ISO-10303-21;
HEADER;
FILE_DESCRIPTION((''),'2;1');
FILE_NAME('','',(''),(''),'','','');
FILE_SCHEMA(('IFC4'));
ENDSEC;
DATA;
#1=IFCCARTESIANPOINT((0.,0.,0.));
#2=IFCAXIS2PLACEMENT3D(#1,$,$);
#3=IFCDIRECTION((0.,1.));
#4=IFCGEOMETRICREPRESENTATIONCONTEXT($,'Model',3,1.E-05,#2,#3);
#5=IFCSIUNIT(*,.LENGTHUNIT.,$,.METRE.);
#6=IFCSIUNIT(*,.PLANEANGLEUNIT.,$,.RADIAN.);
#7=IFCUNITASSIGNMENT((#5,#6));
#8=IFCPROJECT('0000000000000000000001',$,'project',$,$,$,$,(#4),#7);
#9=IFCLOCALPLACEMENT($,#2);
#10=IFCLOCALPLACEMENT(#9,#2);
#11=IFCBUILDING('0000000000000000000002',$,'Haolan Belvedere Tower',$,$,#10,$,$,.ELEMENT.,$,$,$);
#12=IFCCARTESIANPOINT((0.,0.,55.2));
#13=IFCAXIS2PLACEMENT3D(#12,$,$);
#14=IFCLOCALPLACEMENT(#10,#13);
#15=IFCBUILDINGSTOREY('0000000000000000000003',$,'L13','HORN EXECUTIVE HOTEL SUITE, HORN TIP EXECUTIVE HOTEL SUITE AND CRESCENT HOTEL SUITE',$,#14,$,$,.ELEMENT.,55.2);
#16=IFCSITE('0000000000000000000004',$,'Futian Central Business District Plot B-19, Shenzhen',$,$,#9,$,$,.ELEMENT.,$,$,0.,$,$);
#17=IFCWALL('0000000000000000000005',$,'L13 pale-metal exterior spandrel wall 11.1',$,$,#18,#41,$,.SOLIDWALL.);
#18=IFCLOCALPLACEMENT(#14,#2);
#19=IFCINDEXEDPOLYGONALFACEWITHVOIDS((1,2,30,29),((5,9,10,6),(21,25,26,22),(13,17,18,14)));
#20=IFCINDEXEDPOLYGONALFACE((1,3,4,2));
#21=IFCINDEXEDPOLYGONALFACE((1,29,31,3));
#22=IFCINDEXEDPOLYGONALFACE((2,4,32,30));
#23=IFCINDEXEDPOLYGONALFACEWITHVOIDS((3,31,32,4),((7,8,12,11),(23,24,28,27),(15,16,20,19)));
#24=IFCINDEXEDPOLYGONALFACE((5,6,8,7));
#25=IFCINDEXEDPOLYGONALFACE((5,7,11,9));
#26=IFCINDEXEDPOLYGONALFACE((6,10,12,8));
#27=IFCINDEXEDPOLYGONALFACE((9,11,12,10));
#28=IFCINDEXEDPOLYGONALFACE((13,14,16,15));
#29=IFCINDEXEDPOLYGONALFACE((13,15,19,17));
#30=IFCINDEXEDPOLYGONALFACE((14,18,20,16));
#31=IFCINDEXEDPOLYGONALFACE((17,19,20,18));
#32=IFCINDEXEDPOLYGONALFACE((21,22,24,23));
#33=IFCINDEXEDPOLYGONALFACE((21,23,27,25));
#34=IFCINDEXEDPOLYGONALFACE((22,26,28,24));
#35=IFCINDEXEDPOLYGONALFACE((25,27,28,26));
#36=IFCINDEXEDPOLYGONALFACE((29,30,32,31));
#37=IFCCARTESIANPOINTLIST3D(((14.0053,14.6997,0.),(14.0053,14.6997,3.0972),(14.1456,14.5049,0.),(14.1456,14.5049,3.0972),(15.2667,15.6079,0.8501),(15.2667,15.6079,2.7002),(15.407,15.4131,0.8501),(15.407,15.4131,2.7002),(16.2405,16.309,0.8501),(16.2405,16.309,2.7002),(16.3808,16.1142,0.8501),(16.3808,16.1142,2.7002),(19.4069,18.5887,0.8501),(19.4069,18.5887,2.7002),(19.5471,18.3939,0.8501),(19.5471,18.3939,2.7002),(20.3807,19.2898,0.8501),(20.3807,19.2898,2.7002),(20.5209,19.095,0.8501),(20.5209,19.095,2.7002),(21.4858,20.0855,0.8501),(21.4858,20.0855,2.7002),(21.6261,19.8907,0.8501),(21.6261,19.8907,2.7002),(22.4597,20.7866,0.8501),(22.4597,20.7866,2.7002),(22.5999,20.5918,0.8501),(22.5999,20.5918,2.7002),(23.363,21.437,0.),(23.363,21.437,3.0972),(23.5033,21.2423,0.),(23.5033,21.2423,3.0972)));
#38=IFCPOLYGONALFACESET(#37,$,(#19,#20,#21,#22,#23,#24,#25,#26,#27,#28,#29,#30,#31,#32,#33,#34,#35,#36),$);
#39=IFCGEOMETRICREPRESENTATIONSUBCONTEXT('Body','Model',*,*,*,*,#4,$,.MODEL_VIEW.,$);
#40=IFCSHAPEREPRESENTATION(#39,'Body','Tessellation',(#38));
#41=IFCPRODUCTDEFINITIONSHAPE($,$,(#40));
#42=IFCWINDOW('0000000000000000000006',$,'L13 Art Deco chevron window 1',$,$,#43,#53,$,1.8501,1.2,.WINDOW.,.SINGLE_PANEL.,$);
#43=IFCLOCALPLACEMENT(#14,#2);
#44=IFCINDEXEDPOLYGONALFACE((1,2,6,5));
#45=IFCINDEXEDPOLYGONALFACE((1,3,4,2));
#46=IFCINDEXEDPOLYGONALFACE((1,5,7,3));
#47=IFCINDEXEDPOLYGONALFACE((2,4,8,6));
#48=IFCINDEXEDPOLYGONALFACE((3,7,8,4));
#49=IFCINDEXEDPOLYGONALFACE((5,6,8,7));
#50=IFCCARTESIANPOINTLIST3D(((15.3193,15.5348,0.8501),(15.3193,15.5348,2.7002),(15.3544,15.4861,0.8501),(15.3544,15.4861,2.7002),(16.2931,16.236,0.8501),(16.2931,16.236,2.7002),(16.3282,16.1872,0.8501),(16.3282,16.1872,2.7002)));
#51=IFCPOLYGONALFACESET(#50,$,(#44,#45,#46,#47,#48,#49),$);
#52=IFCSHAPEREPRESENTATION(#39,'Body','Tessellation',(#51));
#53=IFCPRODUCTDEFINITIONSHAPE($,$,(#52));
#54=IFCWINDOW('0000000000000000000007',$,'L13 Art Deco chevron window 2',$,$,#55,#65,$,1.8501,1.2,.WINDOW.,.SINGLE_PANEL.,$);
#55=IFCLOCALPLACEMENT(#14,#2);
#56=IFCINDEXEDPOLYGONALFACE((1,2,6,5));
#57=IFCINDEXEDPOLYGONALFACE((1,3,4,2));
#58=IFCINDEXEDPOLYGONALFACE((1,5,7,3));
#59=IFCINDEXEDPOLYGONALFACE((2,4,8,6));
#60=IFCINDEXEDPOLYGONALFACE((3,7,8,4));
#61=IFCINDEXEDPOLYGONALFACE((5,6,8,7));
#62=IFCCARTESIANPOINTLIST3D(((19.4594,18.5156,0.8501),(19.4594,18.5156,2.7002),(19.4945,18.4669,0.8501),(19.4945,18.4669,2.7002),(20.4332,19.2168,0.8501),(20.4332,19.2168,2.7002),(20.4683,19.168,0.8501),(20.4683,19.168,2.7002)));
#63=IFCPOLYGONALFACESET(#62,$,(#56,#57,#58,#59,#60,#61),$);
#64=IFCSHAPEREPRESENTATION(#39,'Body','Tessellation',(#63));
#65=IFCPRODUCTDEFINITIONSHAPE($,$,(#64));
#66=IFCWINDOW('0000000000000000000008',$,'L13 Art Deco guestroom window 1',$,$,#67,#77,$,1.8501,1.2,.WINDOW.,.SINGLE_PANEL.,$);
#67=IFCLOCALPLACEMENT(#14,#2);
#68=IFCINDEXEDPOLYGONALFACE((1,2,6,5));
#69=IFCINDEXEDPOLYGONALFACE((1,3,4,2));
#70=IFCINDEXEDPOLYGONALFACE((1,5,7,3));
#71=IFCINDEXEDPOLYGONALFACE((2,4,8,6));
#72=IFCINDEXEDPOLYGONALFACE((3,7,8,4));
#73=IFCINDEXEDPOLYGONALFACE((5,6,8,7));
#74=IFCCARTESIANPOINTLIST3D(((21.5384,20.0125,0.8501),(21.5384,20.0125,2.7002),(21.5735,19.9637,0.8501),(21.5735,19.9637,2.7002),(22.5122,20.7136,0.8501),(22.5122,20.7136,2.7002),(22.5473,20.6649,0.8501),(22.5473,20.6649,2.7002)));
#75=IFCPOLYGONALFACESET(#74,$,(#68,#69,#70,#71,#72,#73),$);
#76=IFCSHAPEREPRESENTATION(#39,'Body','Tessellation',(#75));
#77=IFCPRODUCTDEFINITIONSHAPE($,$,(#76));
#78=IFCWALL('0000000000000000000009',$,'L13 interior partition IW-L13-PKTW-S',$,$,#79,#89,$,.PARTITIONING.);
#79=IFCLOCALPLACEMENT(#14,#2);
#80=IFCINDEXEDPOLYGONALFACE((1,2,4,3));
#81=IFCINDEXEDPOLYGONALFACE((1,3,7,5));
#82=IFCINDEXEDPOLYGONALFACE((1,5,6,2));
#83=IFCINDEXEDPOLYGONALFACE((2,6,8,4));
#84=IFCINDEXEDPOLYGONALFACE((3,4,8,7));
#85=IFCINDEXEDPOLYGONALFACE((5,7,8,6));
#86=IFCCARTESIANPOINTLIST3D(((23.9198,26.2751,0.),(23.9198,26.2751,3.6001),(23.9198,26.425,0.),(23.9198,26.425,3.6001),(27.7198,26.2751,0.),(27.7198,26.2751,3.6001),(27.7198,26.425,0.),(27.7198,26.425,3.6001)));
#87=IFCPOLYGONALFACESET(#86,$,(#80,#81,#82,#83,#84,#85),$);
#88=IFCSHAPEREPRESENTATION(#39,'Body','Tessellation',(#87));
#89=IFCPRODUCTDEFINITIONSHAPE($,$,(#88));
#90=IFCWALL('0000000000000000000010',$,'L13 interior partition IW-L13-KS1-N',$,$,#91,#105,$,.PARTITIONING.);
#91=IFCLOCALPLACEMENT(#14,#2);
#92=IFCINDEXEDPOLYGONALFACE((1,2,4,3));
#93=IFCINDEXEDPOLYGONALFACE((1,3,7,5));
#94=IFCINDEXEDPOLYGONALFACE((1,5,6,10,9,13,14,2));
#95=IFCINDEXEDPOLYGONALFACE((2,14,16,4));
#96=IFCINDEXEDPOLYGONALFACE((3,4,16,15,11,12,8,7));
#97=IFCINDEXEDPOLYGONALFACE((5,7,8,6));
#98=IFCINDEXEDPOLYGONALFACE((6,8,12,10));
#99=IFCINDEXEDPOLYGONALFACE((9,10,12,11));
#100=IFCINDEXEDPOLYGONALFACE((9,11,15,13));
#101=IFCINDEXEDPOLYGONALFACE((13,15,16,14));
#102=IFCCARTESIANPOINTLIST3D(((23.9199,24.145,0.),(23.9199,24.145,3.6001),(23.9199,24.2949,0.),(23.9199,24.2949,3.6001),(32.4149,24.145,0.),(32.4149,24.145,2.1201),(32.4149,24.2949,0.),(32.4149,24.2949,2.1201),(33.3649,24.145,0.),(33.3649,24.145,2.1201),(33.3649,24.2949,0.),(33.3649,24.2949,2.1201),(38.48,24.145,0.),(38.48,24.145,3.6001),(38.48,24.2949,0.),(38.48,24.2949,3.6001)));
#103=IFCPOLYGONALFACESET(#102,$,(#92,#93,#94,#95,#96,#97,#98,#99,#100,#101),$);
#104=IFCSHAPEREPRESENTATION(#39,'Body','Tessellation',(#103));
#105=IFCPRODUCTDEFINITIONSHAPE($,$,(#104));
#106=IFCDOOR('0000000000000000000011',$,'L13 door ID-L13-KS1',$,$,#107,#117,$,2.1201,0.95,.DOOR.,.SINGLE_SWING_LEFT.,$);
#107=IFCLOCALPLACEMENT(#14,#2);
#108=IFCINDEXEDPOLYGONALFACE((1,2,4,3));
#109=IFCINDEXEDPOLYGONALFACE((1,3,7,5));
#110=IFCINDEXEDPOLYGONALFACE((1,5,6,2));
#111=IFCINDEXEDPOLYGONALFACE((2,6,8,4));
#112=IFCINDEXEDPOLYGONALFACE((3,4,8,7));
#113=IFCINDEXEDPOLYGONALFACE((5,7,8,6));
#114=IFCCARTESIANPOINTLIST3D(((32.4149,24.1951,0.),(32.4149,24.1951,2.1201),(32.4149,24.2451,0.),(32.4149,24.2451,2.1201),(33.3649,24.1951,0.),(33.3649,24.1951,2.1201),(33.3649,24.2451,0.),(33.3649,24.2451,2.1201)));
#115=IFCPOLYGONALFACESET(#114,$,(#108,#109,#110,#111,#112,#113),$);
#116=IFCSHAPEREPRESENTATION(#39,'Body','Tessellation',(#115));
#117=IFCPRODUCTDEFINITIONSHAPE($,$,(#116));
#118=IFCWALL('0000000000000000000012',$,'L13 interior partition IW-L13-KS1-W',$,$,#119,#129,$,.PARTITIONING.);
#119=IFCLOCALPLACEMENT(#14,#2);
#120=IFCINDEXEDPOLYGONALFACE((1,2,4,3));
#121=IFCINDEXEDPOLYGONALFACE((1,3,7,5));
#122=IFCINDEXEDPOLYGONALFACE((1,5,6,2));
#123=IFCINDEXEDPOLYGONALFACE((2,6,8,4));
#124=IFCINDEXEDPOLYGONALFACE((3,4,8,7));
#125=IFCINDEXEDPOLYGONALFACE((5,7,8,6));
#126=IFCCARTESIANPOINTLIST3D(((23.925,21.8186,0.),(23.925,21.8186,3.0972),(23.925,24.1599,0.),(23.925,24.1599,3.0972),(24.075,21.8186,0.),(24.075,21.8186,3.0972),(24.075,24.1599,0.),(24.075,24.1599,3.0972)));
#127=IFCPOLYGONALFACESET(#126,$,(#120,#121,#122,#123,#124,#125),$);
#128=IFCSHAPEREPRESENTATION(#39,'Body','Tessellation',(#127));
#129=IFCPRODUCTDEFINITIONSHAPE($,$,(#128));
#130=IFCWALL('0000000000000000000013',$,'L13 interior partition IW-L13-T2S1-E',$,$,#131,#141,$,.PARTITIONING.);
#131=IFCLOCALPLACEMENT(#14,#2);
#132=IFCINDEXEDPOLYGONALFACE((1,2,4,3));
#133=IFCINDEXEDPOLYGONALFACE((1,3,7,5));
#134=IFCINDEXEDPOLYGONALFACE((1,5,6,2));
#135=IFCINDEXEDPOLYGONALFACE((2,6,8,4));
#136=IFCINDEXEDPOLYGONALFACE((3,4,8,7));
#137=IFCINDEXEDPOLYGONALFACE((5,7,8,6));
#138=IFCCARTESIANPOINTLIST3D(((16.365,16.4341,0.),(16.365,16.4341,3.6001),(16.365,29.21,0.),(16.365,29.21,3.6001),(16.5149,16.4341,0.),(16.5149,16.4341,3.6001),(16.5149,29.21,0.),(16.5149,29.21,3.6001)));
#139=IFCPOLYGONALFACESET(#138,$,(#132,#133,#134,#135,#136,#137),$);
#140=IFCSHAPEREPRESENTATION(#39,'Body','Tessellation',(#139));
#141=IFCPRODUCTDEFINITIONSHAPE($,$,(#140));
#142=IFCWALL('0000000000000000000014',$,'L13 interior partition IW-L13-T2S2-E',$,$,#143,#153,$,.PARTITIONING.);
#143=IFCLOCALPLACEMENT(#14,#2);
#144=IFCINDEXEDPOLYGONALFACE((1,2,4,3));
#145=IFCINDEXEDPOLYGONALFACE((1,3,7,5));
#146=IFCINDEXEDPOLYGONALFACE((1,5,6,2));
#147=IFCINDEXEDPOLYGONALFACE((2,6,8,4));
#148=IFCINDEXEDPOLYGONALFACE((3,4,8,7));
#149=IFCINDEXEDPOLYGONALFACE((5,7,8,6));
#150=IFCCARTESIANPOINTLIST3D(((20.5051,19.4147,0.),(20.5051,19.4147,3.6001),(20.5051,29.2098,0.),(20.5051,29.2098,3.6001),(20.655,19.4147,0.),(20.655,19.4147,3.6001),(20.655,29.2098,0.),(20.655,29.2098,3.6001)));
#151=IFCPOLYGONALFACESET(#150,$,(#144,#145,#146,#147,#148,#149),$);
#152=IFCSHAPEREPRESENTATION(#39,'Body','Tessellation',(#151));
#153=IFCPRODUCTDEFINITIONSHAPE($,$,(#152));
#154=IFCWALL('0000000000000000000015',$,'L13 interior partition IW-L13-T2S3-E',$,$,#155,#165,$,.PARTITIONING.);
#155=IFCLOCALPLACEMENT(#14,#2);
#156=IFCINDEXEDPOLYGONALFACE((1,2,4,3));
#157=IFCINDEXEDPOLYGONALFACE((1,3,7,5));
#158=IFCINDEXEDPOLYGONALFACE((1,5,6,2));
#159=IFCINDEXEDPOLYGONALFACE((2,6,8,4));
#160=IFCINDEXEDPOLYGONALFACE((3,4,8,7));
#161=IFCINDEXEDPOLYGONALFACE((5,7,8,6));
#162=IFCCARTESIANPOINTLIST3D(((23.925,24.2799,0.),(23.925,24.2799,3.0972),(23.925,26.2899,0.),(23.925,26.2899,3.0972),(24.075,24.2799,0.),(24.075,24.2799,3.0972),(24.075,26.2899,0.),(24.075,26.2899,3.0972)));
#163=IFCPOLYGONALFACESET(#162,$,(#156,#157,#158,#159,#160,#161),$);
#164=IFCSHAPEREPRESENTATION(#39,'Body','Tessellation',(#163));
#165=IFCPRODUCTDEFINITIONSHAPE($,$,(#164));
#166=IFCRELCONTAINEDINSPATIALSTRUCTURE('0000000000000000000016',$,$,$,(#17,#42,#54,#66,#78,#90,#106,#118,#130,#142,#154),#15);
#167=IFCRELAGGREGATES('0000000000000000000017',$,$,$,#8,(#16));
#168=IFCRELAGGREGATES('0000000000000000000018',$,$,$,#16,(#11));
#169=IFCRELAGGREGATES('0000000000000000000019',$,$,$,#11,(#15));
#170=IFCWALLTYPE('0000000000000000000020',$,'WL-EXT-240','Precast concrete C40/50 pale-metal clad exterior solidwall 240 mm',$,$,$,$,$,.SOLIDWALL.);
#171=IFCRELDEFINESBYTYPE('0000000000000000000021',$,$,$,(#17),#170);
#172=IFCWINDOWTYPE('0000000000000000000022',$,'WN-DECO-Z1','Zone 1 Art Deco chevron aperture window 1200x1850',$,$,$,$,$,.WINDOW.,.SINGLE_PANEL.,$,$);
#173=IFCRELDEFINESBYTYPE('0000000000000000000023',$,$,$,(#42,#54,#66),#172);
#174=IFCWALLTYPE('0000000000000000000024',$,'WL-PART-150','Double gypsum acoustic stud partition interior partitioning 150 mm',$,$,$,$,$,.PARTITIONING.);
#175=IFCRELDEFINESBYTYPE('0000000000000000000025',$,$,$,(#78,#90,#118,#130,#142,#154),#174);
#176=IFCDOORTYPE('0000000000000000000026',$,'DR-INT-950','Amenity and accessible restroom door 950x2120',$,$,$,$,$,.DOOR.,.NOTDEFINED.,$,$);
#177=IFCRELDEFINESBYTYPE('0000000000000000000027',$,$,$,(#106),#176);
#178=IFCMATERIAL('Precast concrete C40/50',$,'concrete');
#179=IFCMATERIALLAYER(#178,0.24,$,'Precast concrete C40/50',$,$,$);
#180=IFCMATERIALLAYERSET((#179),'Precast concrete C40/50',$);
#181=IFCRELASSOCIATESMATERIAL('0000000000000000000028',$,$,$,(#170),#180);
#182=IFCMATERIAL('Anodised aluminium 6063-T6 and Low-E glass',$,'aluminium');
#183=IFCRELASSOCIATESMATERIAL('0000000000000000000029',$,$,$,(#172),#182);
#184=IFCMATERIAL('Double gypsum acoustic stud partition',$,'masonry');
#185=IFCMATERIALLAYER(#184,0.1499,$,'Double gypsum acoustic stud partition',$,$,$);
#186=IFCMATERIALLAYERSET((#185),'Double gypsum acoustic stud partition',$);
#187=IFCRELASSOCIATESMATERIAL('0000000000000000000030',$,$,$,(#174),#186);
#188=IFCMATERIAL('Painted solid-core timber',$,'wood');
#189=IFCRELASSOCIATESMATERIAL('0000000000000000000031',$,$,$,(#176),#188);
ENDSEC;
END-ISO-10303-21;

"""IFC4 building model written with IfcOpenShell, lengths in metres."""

from ifc_helpers import new_model, si_unit, direction, frame, frame_2d, origin, place, context, subcontext, project, spatial, rectangle, extrude, material, layer, layer_set, type_object, element, fill, save


model = new_model("IFC4")

# Units and contexts
model_context = context("Model", 3, precision=1e-05, world=origin(), true_north=direction((0.0, 1.0)))
body_context = subcontext(model_context, "Body", "Model", "MODEL_VIEW")
ifc_project = project(units=[si_unit("LENGTHUNIT", "METRE"), si_unit("PLANEANGLEUNIT", "RADIAN")], contexts=[model_context])

# Site, building, storey
site_placement = place(None, origin())
site = spatial("IfcSite", under=ifc_project, at=site_placement, Name="Futian Central Business District Plot B-19, Shenzhen", CompositionType="ELEMENT", RefElevation=0.0)
building_placement = place(site_placement, origin())
building = spatial("IfcBuilding", under=site, at=building_placement, Name="Haolan Belvedere Tower", CompositionType="ELEMENT")
storey_placement = place(building_placement, frame((0.0, 0.0, 55.2)))
storey = spatial("IfcBuildingStorey", under=building, at=storey_placement, Name="L13", Description="HORN EXECUTIVE HOTEL SUITE, HORN TIP EXECUTIVE HOTEL SUITE AND CRESCENT HOTEL SUITE", CompositionType="ELEMENT", Elevation=55.2)

# Shared definitions
ifc_material_1 = material(Name="Precast concrete C40/50", Category="concrete")
ifc_layer_1 = layer(ifc_material_1, 0.24, Name="Precast concrete C40/50")
ifc_layer_set_1 = layer_set([ifc_layer_1], Name="Precast concrete C40/50")
wall_type_1 = type_object("IfcWallType", Name="WL-EXT-240", Description="Precast concrete C40/50 pale-metal clad exterior solidwall 240 mm", PredefinedType="SOLIDWALL", material=ifc_layer_set_1)

# Wall, openings, windows
wall_1_placement = place(storey_placement, frame((14.0754, 14.6023, 0.0), z_axis=(0.0, 0.0, 1.0), x_axis=(0.811543, 0.584292, 0.0)))
wall_1 = element("IfcWall", 1, at=wall_1_placement, inside=storey, type_object=wall_type_1, Name="L13 pale-metal exterior spandrel wall 11.1", PredefinedType="SOLIDWALL", context=body_context, shape_type="SweptSolid", body=[
    extrude(rectangle(XDim=11.5308, YDim=0.24, at=frame_2d((5.7654, 0.0))), origin(), (0.0, 0.0, 1.0), 3.0972),
])
opening_1_placement = place(wall_1_placement, frame((1.5542, 0.0, 0.8501)))
opening_1 = element("IfcOpeningElement", 2, at=opening_1_placement, cuts=wall_1, PredefinedType="OPENING", context=body_context, shape_type="SweptSolid", body=[
    extrude(rectangle(XDim=1.2, YDim=1.8501, at=frame_2d((0.6001, 0.925))), frame((0.0, 0.1299, 0.0), z_axis=(0.0, -1.0, 0.0), x_axis=(1.0, 0.0, 0.0)), (0.0, 0.0, 1.0), 0.26),
])
opening_2_placement = place(wall_1_placement, frame((6.6558, 0.0, 0.8501)))
opening_2 = element("IfcOpeningElement", 3, at=opening_2_placement, cuts=wall_1, PredefinedType="OPENING", context=body_context, shape_type="SweptSolid", body=[
    extrude(rectangle(XDim=1.2, YDim=1.8501, at=frame_2d((0.6001, 0.925))), frame((0.0, 0.1299, 0.0), z_axis=(0.0, -1.0, 0.0), x_axis=(1.0, 0.0, 0.0)), (0.0, 0.0, 1.0), 0.26),
])
opening_3_placement = place(wall_1_placement, frame((9.2175, 0.0, 0.8501)))
opening_3 = element("IfcOpeningElement", 4, at=opening_3_placement, cuts=wall_1, PredefinedType="OPENING", context=body_context, shape_type="SweptSolid", body=[
    extrude(rectangle(XDim=1.2, YDim=1.8501, at=frame_2d((0.6001, 0.925))), frame((0.0, 0.1299, 0.0), z_axis=(0.0, -1.0, 0.0), x_axis=(1.0, 0.0, 0.0)), (0.0, 0.0, 1.0), 0.26),
])
ifc_material_2 = material(Name="Anodised aluminium 6063-T6 and Low-E glass", Category="aluminium")
window_type = type_object("IfcWindowType", Name="WN-DECO-Z1", Description="Zone 1 Art Deco chevron aperture window 1200x1850", PartitioningType="SINGLE_PANEL", PredefinedType="WINDOW", material=ifc_material_2)
window_1_placement = place(opening_1_placement, origin())
window_1 = element("IfcWindow", 5, at=window_1_placement, inside=storey, type_object=window_type, Name="L13 Art Deco chevron window 1", OverallHeight=1.8501, OverallWidth=1.2, PartitioningType="SINGLE_PANEL", PredefinedType="WINDOW", context=body_context, shape_type="SweptSolid", body=[
    extrude(rectangle(XDim=1.2, YDim=1.8501, at=frame_2d((0.6001, 0.925))), frame((0.0, 0.03, 0.0), z_axis=(0.0, -1.0, 0.0), x_axis=(1.0, 0.0, 0.0)), (0.0, 0.0, 1.0), 0.0601),
])
fill(opening_1, window_1)
window_2_placement = place(opening_2_placement, origin())
window_2 = element("IfcWindow", 6, at=window_2_placement, inside=storey, type_object=window_type, Name="L13 Art Deco chevron window 2", OverallHeight=1.8501, OverallWidth=1.2, PartitioningType="SINGLE_PANEL", PredefinedType="WINDOW", context=body_context, shape_type="SweptSolid", body=[
    extrude(rectangle(XDim=1.2, YDim=1.8501, at=frame_2d((0.6001, 0.925))), frame((0.0, 0.03, 0.0), z_axis=(0.0, -1.0, 0.0), x_axis=(1.0, 0.0, 0.0)), (0.0, 0.0, 1.0), 0.0601),
])
fill(opening_2, window_2)
window_3_placement = place(opening_3_placement, origin())
window_3 = element("IfcWindow", 7, at=window_3_placement, inside=storey, type_object=window_type, Name="L13 Art Deco guestroom window 1", OverallHeight=1.8501, OverallWidth=1.2, PartitioningType="SINGLE_PANEL", PredefinedType="WINDOW", context=body_context, shape_type="SweptSolid", body=[
    extrude(rectangle(XDim=1.2, YDim=1.8501, at=frame_2d((0.6001, 0.925))), frame((0.0, 0.03, 0.0), z_axis=(0.0, -1.0, 0.0), x_axis=(1.0, 0.0, 0.0)), (0.0, 0.0, 1.0), 0.0601),
])
fill(opening_3, window_3)

# Wall
ifc_material_3 = material(Name="Double gypsum acoustic stud partition", Category="masonry")
ifc_layer_2 = layer(ifc_material_3, 0.1499, Name="Double gypsum acoustic stud partition")
ifc_layer_set_2 = layer_set([ifc_layer_2], Name="Double gypsum acoustic stud partition")
wall_type_2 = type_object("IfcWallType", Name="WL-PART-150", Description="Double gypsum acoustic stud partition interior partitioning 150 mm", PredefinedType="PARTITIONING", material=ifc_layer_set_2)
wall_2_placement = place(storey_placement, frame((23.9199, 26.3501, 0.0), z_axis=(0.0, 0.0, 1.0), x_axis=(1.0, 0.0, 0.0)))
element("IfcWall", 8, at=wall_2_placement, inside=storey, type_object=wall_type_2, Name="L13 interior partition IW-L13-PKTW-S", PredefinedType="PARTITIONING", context=body_context, shape_type="SweptSolid", body=[
    extrude(rectangle(XDim=3.8, YDim=0.1499, at=frame_2d((1.8999, 0.0))), origin(), (0.0, 0.0, 1.0), 3.6001),
])

# Wall, opening, door
wall_3_placement = place(storey_placement, frame((23.9199, 24.22, 0.0), z_axis=(0.0, 0.0, 1.0), x_axis=(1.0, 0.0, 0.0)))
wall_3 = element("IfcWall", 9, at=wall_3_placement, inside=storey, type_object=wall_type_2, Name="L13 interior partition IW-L13-KS1-N", PredefinedType="PARTITIONING", context=body_context, shape_type="SweptSolid", body=[
    extrude(rectangle(XDim=14.5601, YDim=0.1499, at=frame_2d((7.28, 0.0))), origin(), (0.0, 0.0, 1.0), 3.6001),
])
opening_4_placement = place(wall_3_placement, frame((9.4451, 0.0, 0.0), z_axis=(0.0, 0.0, 1.0), x_axis=(-1.0, 0.0, 0.0)))
opening_4 = element("IfcOpeningElement", 10, at=opening_4_placement, cuts=wall_3, PredefinedType="OPENING", context=body_context, shape_type="SweptSolid", body=[
    extrude(rectangle(XDim=0.95, YDim=2.1201, at=frame_2d((0.4751, 1.0601))), frame((0.0, 0.085, 0.0), z_axis=(0.0, -1.0, 0.0), x_axis=(1.0, 0.0, 0.0)), (0.0, 0.0, 1.0), 0.1699),
])
ifc_material_4 = material(Name="Painted solid-core timber", Category="wood")
door_type_1 = type_object("IfcDoorType", Name="DR-INT-950", Description="Amenity and accessible restroom door 950x2120", OperationType="NOTDEFINED", PredefinedType="DOOR", material=ifc_material_4)
door_1_placement = place(opening_4_placement, origin())
door_1 = element("IfcDoor", 11, at=door_1_placement, inside=storey, type_object=door_type_1, Name="L13 door ID-L13-KS1", OperationType="SINGLE_SWING_LEFT", OverallHeight=2.1201, OverallWidth=0.95, PredefinedType="DOOR", context=body_context, shape_type="SweptSolid", body=[
    extrude(rectangle(XDim=0.95, YDim=2.1201, at=frame_2d((0.4751, 1.0601))), frame((0.0, 0.0249, 0.0), z_axis=(0.0, -1.0, 0.0), x_axis=(1.0, 0.0, 0.0)), (0.0, 0.0, 1.0), 0.05),
])
fill(opening_4, door_1)

# Walls
wall_4_placement = place(storey_placement, frame((24.0, 21.8186, 0.0), z_axis=(0.0, 0.0, 1.0), x_axis=(0.0, 1.0, 0.0)))
element("IfcWall", 12, at=wall_4_placement, inside=storey, type_object=wall_type_2, Name="L13 interior partition IW-L13-KS1-W", PredefinedType="PARTITIONING", context=body_context, shape_type="SweptSolid", body=[
    extrude(rectangle(XDim=2.3413, YDim=0.1499, at=frame_2d((1.1707, 0.0))), origin(), (0.0, 0.0, 1.0), 3.0972),
])
wall_5_placement = place(storey_placement, frame((16.4399, 16.4341, 0.0), z_axis=(0.0, 0.0, 1.0), x_axis=(0.0, 1.0, 0.0)))
element("IfcWall", 13, at=wall_5_placement, inside=storey, type_object=wall_type_2, Name="L13 interior partition IW-L13-T2S1-E", PredefinedType="PARTITIONING", context=body_context, shape_type="SweptSolid", body=[
    extrude(rectangle(XDim=12.7759, YDim=0.1499, at=frame_2d((6.3879, 0.0))), origin(), (0.0, 0.0, 1.0), 3.6001),
])
wall_6_placement = place(storey_placement, frame((20.5801, 19.4148, 0.0), z_axis=(0.0, 0.0, 1.0), x_axis=(0.0, 1.0, 0.0)))
element("IfcWall", 14, at=wall_6_placement, inside=storey, type_object=wall_type_2, Name="L13 interior partition IW-L13-T2S2-E", PredefinedType="PARTITIONING", context=body_context, shape_type="SweptSolid", body=[
    extrude(rectangle(XDim=9.7952, YDim=0.1499, at=frame_2d((4.8975, 0.0))), origin(), (0.0, 0.0, 1.0), 3.6001),
])
wall_7_placement = place(storey_placement, frame((24.0, 24.28, 0.0), z_axis=(0.0, 0.0, 1.0), x_axis=(0.0, 1.0, 0.0)))
element("IfcWall", 15, at=wall_7_placement, inside=storey, type_object=wall_type_2, Name="L13 interior partition IW-L13-T2S3-E", PredefinedType="PARTITIONING", context=body_context, shape_type="SweptSolid", body=[
    extrude(rectangle(XDim=2.01, YDim=0.1499, at=frame_2d((1.0049, 0.0))), origin(), (0.0, 0.0, 1.0), 3.0972),
])

save(model, "model.ifc")
